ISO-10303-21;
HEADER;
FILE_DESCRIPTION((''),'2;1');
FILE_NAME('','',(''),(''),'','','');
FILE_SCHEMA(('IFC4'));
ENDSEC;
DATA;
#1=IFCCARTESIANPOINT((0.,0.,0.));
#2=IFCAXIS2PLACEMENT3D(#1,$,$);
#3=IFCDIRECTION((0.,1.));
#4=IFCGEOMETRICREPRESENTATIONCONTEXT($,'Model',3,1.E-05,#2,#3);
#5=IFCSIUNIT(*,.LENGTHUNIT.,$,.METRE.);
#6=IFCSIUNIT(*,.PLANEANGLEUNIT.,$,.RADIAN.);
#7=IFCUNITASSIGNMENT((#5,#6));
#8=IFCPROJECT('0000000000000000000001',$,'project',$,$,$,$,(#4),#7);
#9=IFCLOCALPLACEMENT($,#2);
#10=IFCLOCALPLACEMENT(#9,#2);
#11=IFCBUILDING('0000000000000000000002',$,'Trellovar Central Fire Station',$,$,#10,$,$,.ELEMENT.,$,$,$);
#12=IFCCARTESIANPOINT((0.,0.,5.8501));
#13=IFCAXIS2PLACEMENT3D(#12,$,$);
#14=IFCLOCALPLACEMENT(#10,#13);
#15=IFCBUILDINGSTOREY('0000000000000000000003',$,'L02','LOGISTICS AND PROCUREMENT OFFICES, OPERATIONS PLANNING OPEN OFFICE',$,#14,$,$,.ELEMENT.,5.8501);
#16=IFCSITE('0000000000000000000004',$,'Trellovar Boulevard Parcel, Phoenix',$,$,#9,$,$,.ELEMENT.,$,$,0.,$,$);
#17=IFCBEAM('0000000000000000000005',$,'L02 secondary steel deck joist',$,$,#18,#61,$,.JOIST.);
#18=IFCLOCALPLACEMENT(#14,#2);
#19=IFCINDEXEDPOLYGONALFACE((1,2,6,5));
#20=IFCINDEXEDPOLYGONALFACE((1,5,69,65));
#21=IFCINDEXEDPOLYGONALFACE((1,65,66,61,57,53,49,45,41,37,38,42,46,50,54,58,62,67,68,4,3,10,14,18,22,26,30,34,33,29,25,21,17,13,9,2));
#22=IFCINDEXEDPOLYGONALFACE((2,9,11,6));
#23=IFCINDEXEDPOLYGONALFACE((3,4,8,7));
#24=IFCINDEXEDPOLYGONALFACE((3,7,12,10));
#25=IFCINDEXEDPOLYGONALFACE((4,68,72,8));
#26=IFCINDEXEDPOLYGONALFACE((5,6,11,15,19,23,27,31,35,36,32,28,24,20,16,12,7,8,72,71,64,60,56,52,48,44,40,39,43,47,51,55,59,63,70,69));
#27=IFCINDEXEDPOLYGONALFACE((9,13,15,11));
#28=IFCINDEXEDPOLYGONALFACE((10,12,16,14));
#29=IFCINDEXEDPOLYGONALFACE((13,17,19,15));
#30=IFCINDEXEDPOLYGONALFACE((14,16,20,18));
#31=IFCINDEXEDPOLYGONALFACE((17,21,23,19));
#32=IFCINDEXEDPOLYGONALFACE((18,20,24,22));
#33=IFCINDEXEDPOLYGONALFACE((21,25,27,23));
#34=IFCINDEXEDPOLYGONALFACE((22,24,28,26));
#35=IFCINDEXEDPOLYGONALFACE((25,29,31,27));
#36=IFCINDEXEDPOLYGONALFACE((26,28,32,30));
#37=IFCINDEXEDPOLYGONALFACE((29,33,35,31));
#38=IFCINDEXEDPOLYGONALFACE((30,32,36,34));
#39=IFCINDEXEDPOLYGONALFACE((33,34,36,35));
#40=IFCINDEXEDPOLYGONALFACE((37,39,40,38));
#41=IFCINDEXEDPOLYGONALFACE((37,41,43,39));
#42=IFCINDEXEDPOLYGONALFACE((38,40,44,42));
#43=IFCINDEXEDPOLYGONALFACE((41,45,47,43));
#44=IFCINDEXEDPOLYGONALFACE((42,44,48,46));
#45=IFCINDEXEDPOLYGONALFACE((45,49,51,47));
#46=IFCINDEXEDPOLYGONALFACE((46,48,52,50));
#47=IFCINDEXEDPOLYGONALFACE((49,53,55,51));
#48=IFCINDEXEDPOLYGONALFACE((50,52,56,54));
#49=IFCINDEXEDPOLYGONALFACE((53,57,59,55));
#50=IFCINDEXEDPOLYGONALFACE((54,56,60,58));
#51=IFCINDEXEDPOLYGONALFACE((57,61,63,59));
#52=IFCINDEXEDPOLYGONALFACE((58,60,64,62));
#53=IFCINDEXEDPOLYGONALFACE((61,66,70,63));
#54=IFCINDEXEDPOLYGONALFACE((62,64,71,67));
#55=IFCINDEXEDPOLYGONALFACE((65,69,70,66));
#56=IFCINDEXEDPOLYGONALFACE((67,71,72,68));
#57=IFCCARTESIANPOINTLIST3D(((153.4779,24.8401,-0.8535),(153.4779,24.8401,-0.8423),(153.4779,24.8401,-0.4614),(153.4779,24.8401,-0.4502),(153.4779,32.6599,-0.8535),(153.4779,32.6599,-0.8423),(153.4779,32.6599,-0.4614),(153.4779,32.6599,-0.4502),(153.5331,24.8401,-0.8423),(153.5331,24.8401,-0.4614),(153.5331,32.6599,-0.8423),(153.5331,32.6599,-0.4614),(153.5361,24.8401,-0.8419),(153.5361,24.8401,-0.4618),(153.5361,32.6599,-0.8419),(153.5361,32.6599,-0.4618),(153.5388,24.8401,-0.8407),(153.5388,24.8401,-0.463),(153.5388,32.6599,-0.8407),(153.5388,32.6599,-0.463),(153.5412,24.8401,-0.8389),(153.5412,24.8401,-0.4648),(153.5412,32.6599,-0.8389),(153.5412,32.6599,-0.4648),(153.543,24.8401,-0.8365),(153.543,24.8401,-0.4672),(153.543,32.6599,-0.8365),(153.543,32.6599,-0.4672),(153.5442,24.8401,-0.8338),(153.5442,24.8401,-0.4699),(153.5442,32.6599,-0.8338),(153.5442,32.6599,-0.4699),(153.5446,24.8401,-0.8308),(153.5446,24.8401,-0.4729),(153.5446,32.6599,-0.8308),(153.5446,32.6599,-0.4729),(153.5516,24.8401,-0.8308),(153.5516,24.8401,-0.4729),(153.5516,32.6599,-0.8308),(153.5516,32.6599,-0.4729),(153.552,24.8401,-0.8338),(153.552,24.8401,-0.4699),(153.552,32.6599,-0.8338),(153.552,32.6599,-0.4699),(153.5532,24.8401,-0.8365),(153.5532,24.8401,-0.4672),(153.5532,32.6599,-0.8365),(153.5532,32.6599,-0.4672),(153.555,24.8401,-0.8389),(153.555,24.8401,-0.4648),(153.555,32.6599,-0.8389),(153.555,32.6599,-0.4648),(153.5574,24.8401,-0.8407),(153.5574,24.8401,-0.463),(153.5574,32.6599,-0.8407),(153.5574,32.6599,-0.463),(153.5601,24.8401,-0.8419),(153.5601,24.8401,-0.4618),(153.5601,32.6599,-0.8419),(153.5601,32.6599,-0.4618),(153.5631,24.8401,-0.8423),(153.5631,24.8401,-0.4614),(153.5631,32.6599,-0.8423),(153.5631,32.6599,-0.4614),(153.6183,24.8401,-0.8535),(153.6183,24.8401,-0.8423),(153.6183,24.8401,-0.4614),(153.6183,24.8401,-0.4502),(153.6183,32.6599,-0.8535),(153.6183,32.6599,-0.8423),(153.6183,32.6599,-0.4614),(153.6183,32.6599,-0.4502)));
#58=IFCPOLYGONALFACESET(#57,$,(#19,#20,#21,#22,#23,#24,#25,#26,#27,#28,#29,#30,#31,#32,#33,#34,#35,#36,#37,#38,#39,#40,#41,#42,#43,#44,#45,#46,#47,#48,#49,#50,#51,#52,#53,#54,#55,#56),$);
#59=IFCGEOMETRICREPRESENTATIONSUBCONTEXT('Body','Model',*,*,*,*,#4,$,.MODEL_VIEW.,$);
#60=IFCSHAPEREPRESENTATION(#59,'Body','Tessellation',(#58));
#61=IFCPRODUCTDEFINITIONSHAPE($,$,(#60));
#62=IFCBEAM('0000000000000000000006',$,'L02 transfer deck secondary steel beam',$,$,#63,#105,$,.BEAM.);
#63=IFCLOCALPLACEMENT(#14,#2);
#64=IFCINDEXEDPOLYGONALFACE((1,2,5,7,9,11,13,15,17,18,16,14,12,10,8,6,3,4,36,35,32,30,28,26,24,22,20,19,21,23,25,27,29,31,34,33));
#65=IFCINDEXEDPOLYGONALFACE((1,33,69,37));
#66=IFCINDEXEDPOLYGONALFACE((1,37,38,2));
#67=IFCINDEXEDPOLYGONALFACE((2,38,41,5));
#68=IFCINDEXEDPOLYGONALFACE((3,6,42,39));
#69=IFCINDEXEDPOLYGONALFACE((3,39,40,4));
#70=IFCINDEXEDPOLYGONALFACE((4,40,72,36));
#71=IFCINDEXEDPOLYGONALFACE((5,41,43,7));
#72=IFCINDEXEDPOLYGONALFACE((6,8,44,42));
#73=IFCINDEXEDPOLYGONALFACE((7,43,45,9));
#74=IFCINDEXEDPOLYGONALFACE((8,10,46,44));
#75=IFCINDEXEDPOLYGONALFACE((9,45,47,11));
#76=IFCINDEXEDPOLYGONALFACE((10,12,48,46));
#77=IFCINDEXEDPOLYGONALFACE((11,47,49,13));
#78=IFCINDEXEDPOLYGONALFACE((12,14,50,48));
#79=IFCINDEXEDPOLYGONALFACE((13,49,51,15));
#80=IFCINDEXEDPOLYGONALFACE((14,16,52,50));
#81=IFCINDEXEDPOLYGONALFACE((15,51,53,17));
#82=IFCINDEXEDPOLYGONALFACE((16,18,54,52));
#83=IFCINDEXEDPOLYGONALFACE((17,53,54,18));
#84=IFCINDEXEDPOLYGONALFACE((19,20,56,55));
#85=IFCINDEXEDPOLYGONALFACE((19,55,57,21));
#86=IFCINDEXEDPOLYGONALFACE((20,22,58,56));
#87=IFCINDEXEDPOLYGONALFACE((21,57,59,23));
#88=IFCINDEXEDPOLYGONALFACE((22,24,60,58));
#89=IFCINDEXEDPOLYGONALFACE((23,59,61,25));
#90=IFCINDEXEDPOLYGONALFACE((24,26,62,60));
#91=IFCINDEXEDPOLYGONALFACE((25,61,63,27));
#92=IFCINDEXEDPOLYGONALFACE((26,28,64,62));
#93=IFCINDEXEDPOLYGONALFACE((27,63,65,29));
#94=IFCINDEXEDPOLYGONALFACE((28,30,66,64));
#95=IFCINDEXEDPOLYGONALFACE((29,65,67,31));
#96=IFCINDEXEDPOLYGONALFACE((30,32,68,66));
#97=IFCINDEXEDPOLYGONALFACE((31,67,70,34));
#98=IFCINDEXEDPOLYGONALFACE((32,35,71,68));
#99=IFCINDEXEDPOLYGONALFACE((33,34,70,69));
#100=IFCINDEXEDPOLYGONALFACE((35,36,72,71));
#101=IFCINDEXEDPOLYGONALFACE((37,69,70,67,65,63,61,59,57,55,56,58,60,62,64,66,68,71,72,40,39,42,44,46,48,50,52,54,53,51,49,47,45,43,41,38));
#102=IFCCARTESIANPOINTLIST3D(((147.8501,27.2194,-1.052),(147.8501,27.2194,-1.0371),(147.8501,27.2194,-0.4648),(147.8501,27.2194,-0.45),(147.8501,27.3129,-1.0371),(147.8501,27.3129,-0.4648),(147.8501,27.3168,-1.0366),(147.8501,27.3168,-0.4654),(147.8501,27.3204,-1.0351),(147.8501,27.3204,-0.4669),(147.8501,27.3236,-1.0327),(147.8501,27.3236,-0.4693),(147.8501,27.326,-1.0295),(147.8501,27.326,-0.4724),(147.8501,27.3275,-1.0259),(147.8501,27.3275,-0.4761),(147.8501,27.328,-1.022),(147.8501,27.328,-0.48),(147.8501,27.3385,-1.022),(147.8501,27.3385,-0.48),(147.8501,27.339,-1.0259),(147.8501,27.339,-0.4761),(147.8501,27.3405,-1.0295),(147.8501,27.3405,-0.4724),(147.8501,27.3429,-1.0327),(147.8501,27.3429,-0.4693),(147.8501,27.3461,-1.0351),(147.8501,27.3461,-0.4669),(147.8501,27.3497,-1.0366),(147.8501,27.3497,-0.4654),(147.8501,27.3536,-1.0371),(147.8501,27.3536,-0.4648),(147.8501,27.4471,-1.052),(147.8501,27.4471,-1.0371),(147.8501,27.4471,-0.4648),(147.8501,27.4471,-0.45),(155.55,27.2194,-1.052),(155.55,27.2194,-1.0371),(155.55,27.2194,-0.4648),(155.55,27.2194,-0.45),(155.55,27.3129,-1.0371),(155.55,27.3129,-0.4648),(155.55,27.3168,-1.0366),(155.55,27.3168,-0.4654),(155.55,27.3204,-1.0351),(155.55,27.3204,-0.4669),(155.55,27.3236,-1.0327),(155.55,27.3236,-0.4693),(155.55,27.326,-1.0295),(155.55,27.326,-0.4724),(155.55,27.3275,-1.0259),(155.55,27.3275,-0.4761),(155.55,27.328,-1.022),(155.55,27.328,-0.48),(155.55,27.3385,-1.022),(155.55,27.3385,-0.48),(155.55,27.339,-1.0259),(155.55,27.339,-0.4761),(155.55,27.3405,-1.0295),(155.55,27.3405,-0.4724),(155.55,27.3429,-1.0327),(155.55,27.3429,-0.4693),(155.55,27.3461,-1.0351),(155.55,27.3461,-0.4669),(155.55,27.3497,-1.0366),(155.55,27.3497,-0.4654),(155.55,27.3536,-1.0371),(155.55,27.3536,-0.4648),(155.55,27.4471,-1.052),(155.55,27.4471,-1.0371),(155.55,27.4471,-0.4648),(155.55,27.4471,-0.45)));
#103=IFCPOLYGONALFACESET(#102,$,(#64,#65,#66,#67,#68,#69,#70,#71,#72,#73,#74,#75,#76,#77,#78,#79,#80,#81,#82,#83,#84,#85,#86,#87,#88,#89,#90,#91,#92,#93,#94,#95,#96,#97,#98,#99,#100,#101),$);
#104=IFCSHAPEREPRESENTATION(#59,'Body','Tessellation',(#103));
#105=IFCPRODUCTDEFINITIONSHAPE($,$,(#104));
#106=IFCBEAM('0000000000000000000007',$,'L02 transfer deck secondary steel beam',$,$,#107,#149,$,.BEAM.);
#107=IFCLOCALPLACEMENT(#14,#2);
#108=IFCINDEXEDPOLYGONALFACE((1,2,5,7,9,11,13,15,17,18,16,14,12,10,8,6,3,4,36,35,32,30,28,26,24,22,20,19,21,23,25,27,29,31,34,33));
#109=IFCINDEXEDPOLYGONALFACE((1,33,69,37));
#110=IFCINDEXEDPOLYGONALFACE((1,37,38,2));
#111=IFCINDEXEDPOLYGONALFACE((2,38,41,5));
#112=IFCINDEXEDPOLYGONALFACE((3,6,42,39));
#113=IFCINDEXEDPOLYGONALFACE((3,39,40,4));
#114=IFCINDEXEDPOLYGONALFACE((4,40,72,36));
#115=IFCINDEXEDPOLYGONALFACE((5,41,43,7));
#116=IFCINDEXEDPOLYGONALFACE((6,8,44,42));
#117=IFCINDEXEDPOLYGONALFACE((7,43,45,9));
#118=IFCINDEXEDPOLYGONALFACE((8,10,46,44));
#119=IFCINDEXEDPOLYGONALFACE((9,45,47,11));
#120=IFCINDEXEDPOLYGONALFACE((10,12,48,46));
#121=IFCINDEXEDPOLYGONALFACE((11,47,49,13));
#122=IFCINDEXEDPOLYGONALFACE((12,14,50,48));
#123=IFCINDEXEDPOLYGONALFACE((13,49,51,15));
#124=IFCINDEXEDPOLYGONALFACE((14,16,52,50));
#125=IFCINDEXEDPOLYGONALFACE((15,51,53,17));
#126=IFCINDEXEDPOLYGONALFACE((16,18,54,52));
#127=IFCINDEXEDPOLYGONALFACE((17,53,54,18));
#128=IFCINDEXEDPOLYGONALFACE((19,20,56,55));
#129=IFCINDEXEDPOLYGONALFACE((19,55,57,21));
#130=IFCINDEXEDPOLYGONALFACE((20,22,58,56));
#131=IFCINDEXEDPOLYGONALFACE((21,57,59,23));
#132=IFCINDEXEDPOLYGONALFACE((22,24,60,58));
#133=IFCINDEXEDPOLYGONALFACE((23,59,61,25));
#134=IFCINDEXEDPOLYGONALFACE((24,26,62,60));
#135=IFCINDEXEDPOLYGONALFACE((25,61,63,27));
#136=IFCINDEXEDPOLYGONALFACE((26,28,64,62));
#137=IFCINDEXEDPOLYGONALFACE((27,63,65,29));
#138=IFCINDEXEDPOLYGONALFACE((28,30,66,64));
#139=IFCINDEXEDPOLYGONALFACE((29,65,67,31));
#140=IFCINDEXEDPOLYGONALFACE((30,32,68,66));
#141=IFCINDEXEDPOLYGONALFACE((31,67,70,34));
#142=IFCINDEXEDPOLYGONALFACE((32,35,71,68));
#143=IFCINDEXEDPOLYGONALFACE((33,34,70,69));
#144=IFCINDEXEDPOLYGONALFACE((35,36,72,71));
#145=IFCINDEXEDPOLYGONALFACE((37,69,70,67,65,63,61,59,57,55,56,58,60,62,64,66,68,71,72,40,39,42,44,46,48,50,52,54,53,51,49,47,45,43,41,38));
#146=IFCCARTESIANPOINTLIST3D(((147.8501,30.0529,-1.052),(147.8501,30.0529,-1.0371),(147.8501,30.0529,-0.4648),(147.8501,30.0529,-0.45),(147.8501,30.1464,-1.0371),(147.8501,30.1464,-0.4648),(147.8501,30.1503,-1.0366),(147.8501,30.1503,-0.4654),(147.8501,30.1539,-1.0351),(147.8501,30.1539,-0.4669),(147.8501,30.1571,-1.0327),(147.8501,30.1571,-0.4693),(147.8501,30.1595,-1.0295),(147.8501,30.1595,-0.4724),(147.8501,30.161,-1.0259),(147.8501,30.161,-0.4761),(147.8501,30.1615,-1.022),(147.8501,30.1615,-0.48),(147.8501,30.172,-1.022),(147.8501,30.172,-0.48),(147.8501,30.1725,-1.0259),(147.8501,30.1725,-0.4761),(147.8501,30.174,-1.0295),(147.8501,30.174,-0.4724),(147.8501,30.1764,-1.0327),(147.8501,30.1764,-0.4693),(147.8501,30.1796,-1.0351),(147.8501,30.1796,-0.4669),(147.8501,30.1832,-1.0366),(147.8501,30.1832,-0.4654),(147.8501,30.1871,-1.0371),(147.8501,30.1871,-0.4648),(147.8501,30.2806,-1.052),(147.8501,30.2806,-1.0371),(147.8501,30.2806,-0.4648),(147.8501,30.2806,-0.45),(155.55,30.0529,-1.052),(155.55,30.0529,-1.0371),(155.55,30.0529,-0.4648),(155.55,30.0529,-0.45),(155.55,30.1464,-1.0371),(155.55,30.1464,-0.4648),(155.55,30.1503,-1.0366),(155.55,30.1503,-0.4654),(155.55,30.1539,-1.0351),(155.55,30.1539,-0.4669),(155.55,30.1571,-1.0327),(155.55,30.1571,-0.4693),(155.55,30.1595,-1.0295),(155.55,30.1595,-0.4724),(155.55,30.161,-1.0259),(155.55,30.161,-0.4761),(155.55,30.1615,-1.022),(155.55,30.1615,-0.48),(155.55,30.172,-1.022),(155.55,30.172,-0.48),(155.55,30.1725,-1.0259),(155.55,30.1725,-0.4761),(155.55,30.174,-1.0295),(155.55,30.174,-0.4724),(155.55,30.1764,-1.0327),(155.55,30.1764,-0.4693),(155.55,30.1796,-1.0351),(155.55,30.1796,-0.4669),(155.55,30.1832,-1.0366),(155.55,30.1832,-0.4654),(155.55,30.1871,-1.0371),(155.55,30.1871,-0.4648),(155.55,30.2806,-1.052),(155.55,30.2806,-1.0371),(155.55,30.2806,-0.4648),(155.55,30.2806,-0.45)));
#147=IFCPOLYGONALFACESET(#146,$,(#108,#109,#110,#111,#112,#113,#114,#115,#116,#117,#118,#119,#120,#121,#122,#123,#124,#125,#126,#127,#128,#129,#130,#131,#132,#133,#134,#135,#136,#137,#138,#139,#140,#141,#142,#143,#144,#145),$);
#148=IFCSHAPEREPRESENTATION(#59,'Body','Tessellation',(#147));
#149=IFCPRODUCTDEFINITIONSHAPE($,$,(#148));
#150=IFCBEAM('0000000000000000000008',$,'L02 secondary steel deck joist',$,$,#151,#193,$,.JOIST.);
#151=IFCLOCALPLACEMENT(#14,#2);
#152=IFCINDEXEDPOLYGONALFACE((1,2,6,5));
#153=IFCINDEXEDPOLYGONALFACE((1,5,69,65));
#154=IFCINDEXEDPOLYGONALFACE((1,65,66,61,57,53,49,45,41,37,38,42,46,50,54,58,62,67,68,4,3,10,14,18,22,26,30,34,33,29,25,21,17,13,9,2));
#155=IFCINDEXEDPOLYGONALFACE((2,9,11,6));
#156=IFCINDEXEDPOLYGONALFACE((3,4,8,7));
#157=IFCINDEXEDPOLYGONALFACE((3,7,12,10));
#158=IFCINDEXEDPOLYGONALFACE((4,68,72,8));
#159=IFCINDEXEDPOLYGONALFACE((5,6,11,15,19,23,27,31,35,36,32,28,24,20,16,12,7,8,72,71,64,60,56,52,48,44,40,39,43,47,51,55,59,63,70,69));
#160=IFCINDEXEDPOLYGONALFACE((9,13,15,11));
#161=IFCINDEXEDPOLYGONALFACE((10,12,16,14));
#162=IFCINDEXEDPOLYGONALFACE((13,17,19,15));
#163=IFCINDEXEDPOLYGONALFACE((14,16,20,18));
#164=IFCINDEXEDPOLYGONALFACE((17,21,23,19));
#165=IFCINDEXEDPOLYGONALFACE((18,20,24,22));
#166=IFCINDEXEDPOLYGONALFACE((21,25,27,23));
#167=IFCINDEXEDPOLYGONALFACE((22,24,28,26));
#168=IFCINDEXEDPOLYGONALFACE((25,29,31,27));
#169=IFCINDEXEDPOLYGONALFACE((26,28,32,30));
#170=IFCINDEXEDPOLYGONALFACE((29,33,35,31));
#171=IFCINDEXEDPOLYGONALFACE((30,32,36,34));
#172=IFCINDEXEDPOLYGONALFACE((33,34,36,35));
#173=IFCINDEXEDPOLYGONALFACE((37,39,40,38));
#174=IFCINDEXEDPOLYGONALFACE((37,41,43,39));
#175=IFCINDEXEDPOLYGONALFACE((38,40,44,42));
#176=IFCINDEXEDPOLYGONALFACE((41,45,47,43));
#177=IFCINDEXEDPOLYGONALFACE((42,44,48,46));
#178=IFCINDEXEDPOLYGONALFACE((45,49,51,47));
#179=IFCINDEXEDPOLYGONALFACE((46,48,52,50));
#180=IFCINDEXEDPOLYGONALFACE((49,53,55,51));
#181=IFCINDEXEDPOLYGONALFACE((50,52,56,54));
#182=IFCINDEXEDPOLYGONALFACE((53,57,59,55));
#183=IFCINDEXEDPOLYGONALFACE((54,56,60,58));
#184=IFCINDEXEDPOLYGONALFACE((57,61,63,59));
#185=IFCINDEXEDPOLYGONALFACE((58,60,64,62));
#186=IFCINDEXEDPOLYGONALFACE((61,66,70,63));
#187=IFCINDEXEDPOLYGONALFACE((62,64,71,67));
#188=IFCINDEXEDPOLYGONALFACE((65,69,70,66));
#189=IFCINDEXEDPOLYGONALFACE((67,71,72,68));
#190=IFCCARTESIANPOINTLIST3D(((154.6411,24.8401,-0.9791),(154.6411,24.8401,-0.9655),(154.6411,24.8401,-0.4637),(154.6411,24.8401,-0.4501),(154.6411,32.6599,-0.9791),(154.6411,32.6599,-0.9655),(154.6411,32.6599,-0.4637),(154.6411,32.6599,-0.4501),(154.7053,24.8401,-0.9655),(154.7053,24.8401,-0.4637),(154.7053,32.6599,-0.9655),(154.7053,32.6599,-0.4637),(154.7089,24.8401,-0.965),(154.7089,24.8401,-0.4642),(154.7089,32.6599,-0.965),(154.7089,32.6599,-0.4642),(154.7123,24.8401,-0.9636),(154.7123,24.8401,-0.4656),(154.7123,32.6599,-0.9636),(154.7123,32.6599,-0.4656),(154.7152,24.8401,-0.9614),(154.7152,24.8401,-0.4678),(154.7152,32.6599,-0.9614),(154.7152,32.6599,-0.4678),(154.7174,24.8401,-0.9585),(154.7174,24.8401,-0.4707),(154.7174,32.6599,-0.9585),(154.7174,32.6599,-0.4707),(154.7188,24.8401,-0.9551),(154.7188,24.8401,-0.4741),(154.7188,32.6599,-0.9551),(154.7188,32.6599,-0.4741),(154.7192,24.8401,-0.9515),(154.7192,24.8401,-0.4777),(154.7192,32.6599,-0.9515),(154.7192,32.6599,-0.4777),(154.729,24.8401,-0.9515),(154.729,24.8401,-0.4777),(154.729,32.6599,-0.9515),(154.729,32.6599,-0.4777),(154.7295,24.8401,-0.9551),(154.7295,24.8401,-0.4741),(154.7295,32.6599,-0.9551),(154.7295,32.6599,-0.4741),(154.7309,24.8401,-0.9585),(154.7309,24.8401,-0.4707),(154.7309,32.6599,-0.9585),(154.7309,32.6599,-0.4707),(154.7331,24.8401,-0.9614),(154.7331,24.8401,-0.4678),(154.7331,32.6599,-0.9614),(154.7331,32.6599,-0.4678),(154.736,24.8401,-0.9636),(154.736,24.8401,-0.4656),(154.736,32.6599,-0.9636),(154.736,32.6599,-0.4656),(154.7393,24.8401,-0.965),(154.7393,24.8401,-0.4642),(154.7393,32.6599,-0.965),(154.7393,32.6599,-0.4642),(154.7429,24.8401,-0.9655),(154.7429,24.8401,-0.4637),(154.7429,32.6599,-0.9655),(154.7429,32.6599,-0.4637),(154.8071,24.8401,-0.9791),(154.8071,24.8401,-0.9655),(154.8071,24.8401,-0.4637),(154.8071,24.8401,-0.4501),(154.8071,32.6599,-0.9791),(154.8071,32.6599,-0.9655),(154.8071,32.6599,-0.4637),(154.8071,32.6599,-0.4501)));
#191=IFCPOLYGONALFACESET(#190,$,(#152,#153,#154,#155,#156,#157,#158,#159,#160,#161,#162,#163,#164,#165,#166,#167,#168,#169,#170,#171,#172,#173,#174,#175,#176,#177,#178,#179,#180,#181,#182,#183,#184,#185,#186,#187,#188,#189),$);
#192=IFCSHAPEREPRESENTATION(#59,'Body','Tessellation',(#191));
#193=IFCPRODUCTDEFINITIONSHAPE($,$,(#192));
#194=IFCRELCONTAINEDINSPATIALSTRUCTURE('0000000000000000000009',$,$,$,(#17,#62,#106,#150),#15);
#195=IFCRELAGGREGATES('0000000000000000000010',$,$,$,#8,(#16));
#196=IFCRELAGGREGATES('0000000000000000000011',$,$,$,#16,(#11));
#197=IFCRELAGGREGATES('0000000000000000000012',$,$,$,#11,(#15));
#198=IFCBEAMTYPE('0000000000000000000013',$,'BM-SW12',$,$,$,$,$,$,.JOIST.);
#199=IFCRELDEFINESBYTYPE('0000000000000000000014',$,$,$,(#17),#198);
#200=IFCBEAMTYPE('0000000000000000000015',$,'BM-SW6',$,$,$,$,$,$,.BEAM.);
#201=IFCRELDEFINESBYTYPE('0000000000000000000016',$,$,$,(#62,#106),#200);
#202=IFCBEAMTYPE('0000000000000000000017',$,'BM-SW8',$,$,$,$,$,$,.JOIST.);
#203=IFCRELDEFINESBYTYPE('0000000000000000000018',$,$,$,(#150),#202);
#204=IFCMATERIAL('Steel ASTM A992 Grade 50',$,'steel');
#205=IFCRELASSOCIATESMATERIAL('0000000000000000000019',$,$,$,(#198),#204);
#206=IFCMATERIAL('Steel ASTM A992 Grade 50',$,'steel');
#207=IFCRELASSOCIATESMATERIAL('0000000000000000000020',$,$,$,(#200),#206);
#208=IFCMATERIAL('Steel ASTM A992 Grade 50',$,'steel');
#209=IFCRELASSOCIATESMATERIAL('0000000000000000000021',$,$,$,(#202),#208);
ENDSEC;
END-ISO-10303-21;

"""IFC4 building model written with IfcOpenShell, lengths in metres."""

from ifc_helpers import new_model, si_unit, direction, frame, origin, origin_2d, place, context, subcontext, project, spatial, i_section, extrude, material, material_profile, profile_set, type_object, element, save


model = new_model("IFC4")

# Units and contexts
model_context = context("Model", 3, precision=1e-05, world=origin(), true_north=direction((0.0, 1.0)))
body_context = subcontext(model_context, "Body", "Model", "MODEL_VIEW")
ifc_project = project(units=[si_unit("LENGTHUNIT", "METRE"), si_unit("PLANEANGLEUNIT", "RADIAN")], contexts=[model_context])

# Site, building, storey
site_placement = place(None, origin())
site = spatial("IfcSite", under=ifc_project, at=site_placement, Name="Trellovar Boulevard Parcel, Phoenix", CompositionType="ELEMENT", RefElevation=0.0)
building_placement = place(site_placement, origin())
building = spatial("IfcBuilding", under=site, at=building_placement, Name="Trellovar Central Fire Station", CompositionType="ELEMENT")
storey_placement = place(building_placement, frame((0.0, 0.0, 5.8501)))
storey = spatial("IfcBuildingStorey", under=building, at=storey_placement, Name="L02", Description="LOGISTICS AND PROCUREMENT OFFICES, OPERATIONS PLANNING OPEN OFFICE", CompositionType="ELEMENT", Elevation=5.8501)

# Beams
ifc_material_1 = material(Name="Steel ASTM A992 Grade 50", Category="steel")
ifc_material_profile_1 = material_profile(ifc_material_1, i_section(OverallWidth=0.1404, OverallDepth=0.4033, WebThickness=0.0071, FlangeThickness=0.0112, FilletRadius=0.0115, at=origin_2d()), Name="W16X31")
ifc_profile_set_1 = profile_set([ifc_material_profile_1], Name="Steel ASTM A992 Grade 50")
beam_type_1 = type_object("IfcBeamType", Name="BM-SW12", PredefinedType="JOIST", material=ifc_profile_set_1)
beam_1_placement = place(storey_placement, frame((153.5481, 24.8401, -0.6519), z_axis=(0.0, 1.0, 0.0), x_axis=(-1.0, 0.0, 0.0)))
element("IfcBeam", 1, at=beam_1_placement, inside=storey, type_object=beam_type_1, Name="L02 secondary steel deck joist", PredefinedType="JOIST", context=body_context, shape_type="SweptSolid", body=[
    extrude(i_section(OverallWidth=0.1404, OverallDepth=0.4033, WebThickness=0.0071, FlangeThickness=0.0112, FilletRadius=0.0115, at=origin_2d()), origin(), (0.0, 0.0, 1.0), 7.8198),
])
ifc_material_2 = material(Name="Steel ASTM A992 Grade 50", Category="steel")
ifc_material_profile_2 = material_profile(ifc_material_2, i_section(OverallWidth=0.2278, OverallDepth=0.6021, WebThickness=0.0105, FlangeThickness=0.0149, FilletRadius=0.0151, at=origin_2d()), Name="W24X68")
ifc_profile_set_2 = profile_set([ifc_material_profile_2], Name="Steel ASTM A992 Grade 50")
beam_type_2 = type_object("IfcBeamType", Name="BM-SW6", PredefinedType="BEAM", material=ifc_profile_set_2)
for number, where, z_axis, x_axis, name in (
    (2, (147.8501, 27.3333, -0.751), (1.0, 0.0, 0.0), (0.0, 1.0, 0.0), "L02 transfer deck secondary steel beam"),
    (3, (147.8501, 30.1667, -0.751), (1.0, 0.0, 0.0), (0.0, 1.0, 0.0), "L02 transfer deck secondary steel beam"),
):
    element("IfcBeam", number, at=place(storey_placement, frame(where, z_axis=z_axis, x_axis=x_axis)), inside=storey, type_object=beam_type_2, Name=name, PredefinedType="BEAM", context=body_context, shape_type="SweptSolid", body=[
        extrude(i_section(OverallWidth=0.2278, OverallDepth=0.6021, WebThickness=0.0105, FlangeThickness=0.0149, FilletRadius=0.0151, at=origin_2d()), origin(), (0.0, 0.0, 1.0), 7.7),
    ])
ifc_material_3 = material(Name="Steel ASTM A992 Grade 50", Category="steel")
ifc_material_profile_3 = material_profile(ifc_material_3, i_section(OverallWidth=0.166, OverallDepth=0.5291, WebThickness=0.0098, FlangeThickness=0.0137, FilletRadius=0.0139, at=origin_2d()), Name="W21X50")
ifc_profile_set_3 = profile_set([ifc_material_profile_3], Name="Steel ASTM A992 Grade 50")
beam_type_3 = type_object("IfcBeamType", Name="BM-SW8", PredefinedType="JOIST", material=ifc_profile_set_3)
beam_2_placement = place(storey_placement, frame((154.7241, 24.8401, -0.7146), z_axis=(0.0, 1.0, 0.0), x_axis=(-1.0, 0.0, 0.0)))
element("IfcBeam", 4, at=beam_2_placement, inside=storey, type_object=beam_type_3, Name="L02 secondary steel deck joist", PredefinedType="JOIST", context=body_context, shape_type="SweptSolid", body=[
    extrude(i_section(OverallWidth=0.166, OverallDepth=0.5291, WebThickness=0.0098, FlangeThickness=0.0137, FilletRadius=0.0139, at=origin_2d()), origin(), (0.0, 0.0, 1.0), 7.8198),
])

save(model, "model.ifc")
